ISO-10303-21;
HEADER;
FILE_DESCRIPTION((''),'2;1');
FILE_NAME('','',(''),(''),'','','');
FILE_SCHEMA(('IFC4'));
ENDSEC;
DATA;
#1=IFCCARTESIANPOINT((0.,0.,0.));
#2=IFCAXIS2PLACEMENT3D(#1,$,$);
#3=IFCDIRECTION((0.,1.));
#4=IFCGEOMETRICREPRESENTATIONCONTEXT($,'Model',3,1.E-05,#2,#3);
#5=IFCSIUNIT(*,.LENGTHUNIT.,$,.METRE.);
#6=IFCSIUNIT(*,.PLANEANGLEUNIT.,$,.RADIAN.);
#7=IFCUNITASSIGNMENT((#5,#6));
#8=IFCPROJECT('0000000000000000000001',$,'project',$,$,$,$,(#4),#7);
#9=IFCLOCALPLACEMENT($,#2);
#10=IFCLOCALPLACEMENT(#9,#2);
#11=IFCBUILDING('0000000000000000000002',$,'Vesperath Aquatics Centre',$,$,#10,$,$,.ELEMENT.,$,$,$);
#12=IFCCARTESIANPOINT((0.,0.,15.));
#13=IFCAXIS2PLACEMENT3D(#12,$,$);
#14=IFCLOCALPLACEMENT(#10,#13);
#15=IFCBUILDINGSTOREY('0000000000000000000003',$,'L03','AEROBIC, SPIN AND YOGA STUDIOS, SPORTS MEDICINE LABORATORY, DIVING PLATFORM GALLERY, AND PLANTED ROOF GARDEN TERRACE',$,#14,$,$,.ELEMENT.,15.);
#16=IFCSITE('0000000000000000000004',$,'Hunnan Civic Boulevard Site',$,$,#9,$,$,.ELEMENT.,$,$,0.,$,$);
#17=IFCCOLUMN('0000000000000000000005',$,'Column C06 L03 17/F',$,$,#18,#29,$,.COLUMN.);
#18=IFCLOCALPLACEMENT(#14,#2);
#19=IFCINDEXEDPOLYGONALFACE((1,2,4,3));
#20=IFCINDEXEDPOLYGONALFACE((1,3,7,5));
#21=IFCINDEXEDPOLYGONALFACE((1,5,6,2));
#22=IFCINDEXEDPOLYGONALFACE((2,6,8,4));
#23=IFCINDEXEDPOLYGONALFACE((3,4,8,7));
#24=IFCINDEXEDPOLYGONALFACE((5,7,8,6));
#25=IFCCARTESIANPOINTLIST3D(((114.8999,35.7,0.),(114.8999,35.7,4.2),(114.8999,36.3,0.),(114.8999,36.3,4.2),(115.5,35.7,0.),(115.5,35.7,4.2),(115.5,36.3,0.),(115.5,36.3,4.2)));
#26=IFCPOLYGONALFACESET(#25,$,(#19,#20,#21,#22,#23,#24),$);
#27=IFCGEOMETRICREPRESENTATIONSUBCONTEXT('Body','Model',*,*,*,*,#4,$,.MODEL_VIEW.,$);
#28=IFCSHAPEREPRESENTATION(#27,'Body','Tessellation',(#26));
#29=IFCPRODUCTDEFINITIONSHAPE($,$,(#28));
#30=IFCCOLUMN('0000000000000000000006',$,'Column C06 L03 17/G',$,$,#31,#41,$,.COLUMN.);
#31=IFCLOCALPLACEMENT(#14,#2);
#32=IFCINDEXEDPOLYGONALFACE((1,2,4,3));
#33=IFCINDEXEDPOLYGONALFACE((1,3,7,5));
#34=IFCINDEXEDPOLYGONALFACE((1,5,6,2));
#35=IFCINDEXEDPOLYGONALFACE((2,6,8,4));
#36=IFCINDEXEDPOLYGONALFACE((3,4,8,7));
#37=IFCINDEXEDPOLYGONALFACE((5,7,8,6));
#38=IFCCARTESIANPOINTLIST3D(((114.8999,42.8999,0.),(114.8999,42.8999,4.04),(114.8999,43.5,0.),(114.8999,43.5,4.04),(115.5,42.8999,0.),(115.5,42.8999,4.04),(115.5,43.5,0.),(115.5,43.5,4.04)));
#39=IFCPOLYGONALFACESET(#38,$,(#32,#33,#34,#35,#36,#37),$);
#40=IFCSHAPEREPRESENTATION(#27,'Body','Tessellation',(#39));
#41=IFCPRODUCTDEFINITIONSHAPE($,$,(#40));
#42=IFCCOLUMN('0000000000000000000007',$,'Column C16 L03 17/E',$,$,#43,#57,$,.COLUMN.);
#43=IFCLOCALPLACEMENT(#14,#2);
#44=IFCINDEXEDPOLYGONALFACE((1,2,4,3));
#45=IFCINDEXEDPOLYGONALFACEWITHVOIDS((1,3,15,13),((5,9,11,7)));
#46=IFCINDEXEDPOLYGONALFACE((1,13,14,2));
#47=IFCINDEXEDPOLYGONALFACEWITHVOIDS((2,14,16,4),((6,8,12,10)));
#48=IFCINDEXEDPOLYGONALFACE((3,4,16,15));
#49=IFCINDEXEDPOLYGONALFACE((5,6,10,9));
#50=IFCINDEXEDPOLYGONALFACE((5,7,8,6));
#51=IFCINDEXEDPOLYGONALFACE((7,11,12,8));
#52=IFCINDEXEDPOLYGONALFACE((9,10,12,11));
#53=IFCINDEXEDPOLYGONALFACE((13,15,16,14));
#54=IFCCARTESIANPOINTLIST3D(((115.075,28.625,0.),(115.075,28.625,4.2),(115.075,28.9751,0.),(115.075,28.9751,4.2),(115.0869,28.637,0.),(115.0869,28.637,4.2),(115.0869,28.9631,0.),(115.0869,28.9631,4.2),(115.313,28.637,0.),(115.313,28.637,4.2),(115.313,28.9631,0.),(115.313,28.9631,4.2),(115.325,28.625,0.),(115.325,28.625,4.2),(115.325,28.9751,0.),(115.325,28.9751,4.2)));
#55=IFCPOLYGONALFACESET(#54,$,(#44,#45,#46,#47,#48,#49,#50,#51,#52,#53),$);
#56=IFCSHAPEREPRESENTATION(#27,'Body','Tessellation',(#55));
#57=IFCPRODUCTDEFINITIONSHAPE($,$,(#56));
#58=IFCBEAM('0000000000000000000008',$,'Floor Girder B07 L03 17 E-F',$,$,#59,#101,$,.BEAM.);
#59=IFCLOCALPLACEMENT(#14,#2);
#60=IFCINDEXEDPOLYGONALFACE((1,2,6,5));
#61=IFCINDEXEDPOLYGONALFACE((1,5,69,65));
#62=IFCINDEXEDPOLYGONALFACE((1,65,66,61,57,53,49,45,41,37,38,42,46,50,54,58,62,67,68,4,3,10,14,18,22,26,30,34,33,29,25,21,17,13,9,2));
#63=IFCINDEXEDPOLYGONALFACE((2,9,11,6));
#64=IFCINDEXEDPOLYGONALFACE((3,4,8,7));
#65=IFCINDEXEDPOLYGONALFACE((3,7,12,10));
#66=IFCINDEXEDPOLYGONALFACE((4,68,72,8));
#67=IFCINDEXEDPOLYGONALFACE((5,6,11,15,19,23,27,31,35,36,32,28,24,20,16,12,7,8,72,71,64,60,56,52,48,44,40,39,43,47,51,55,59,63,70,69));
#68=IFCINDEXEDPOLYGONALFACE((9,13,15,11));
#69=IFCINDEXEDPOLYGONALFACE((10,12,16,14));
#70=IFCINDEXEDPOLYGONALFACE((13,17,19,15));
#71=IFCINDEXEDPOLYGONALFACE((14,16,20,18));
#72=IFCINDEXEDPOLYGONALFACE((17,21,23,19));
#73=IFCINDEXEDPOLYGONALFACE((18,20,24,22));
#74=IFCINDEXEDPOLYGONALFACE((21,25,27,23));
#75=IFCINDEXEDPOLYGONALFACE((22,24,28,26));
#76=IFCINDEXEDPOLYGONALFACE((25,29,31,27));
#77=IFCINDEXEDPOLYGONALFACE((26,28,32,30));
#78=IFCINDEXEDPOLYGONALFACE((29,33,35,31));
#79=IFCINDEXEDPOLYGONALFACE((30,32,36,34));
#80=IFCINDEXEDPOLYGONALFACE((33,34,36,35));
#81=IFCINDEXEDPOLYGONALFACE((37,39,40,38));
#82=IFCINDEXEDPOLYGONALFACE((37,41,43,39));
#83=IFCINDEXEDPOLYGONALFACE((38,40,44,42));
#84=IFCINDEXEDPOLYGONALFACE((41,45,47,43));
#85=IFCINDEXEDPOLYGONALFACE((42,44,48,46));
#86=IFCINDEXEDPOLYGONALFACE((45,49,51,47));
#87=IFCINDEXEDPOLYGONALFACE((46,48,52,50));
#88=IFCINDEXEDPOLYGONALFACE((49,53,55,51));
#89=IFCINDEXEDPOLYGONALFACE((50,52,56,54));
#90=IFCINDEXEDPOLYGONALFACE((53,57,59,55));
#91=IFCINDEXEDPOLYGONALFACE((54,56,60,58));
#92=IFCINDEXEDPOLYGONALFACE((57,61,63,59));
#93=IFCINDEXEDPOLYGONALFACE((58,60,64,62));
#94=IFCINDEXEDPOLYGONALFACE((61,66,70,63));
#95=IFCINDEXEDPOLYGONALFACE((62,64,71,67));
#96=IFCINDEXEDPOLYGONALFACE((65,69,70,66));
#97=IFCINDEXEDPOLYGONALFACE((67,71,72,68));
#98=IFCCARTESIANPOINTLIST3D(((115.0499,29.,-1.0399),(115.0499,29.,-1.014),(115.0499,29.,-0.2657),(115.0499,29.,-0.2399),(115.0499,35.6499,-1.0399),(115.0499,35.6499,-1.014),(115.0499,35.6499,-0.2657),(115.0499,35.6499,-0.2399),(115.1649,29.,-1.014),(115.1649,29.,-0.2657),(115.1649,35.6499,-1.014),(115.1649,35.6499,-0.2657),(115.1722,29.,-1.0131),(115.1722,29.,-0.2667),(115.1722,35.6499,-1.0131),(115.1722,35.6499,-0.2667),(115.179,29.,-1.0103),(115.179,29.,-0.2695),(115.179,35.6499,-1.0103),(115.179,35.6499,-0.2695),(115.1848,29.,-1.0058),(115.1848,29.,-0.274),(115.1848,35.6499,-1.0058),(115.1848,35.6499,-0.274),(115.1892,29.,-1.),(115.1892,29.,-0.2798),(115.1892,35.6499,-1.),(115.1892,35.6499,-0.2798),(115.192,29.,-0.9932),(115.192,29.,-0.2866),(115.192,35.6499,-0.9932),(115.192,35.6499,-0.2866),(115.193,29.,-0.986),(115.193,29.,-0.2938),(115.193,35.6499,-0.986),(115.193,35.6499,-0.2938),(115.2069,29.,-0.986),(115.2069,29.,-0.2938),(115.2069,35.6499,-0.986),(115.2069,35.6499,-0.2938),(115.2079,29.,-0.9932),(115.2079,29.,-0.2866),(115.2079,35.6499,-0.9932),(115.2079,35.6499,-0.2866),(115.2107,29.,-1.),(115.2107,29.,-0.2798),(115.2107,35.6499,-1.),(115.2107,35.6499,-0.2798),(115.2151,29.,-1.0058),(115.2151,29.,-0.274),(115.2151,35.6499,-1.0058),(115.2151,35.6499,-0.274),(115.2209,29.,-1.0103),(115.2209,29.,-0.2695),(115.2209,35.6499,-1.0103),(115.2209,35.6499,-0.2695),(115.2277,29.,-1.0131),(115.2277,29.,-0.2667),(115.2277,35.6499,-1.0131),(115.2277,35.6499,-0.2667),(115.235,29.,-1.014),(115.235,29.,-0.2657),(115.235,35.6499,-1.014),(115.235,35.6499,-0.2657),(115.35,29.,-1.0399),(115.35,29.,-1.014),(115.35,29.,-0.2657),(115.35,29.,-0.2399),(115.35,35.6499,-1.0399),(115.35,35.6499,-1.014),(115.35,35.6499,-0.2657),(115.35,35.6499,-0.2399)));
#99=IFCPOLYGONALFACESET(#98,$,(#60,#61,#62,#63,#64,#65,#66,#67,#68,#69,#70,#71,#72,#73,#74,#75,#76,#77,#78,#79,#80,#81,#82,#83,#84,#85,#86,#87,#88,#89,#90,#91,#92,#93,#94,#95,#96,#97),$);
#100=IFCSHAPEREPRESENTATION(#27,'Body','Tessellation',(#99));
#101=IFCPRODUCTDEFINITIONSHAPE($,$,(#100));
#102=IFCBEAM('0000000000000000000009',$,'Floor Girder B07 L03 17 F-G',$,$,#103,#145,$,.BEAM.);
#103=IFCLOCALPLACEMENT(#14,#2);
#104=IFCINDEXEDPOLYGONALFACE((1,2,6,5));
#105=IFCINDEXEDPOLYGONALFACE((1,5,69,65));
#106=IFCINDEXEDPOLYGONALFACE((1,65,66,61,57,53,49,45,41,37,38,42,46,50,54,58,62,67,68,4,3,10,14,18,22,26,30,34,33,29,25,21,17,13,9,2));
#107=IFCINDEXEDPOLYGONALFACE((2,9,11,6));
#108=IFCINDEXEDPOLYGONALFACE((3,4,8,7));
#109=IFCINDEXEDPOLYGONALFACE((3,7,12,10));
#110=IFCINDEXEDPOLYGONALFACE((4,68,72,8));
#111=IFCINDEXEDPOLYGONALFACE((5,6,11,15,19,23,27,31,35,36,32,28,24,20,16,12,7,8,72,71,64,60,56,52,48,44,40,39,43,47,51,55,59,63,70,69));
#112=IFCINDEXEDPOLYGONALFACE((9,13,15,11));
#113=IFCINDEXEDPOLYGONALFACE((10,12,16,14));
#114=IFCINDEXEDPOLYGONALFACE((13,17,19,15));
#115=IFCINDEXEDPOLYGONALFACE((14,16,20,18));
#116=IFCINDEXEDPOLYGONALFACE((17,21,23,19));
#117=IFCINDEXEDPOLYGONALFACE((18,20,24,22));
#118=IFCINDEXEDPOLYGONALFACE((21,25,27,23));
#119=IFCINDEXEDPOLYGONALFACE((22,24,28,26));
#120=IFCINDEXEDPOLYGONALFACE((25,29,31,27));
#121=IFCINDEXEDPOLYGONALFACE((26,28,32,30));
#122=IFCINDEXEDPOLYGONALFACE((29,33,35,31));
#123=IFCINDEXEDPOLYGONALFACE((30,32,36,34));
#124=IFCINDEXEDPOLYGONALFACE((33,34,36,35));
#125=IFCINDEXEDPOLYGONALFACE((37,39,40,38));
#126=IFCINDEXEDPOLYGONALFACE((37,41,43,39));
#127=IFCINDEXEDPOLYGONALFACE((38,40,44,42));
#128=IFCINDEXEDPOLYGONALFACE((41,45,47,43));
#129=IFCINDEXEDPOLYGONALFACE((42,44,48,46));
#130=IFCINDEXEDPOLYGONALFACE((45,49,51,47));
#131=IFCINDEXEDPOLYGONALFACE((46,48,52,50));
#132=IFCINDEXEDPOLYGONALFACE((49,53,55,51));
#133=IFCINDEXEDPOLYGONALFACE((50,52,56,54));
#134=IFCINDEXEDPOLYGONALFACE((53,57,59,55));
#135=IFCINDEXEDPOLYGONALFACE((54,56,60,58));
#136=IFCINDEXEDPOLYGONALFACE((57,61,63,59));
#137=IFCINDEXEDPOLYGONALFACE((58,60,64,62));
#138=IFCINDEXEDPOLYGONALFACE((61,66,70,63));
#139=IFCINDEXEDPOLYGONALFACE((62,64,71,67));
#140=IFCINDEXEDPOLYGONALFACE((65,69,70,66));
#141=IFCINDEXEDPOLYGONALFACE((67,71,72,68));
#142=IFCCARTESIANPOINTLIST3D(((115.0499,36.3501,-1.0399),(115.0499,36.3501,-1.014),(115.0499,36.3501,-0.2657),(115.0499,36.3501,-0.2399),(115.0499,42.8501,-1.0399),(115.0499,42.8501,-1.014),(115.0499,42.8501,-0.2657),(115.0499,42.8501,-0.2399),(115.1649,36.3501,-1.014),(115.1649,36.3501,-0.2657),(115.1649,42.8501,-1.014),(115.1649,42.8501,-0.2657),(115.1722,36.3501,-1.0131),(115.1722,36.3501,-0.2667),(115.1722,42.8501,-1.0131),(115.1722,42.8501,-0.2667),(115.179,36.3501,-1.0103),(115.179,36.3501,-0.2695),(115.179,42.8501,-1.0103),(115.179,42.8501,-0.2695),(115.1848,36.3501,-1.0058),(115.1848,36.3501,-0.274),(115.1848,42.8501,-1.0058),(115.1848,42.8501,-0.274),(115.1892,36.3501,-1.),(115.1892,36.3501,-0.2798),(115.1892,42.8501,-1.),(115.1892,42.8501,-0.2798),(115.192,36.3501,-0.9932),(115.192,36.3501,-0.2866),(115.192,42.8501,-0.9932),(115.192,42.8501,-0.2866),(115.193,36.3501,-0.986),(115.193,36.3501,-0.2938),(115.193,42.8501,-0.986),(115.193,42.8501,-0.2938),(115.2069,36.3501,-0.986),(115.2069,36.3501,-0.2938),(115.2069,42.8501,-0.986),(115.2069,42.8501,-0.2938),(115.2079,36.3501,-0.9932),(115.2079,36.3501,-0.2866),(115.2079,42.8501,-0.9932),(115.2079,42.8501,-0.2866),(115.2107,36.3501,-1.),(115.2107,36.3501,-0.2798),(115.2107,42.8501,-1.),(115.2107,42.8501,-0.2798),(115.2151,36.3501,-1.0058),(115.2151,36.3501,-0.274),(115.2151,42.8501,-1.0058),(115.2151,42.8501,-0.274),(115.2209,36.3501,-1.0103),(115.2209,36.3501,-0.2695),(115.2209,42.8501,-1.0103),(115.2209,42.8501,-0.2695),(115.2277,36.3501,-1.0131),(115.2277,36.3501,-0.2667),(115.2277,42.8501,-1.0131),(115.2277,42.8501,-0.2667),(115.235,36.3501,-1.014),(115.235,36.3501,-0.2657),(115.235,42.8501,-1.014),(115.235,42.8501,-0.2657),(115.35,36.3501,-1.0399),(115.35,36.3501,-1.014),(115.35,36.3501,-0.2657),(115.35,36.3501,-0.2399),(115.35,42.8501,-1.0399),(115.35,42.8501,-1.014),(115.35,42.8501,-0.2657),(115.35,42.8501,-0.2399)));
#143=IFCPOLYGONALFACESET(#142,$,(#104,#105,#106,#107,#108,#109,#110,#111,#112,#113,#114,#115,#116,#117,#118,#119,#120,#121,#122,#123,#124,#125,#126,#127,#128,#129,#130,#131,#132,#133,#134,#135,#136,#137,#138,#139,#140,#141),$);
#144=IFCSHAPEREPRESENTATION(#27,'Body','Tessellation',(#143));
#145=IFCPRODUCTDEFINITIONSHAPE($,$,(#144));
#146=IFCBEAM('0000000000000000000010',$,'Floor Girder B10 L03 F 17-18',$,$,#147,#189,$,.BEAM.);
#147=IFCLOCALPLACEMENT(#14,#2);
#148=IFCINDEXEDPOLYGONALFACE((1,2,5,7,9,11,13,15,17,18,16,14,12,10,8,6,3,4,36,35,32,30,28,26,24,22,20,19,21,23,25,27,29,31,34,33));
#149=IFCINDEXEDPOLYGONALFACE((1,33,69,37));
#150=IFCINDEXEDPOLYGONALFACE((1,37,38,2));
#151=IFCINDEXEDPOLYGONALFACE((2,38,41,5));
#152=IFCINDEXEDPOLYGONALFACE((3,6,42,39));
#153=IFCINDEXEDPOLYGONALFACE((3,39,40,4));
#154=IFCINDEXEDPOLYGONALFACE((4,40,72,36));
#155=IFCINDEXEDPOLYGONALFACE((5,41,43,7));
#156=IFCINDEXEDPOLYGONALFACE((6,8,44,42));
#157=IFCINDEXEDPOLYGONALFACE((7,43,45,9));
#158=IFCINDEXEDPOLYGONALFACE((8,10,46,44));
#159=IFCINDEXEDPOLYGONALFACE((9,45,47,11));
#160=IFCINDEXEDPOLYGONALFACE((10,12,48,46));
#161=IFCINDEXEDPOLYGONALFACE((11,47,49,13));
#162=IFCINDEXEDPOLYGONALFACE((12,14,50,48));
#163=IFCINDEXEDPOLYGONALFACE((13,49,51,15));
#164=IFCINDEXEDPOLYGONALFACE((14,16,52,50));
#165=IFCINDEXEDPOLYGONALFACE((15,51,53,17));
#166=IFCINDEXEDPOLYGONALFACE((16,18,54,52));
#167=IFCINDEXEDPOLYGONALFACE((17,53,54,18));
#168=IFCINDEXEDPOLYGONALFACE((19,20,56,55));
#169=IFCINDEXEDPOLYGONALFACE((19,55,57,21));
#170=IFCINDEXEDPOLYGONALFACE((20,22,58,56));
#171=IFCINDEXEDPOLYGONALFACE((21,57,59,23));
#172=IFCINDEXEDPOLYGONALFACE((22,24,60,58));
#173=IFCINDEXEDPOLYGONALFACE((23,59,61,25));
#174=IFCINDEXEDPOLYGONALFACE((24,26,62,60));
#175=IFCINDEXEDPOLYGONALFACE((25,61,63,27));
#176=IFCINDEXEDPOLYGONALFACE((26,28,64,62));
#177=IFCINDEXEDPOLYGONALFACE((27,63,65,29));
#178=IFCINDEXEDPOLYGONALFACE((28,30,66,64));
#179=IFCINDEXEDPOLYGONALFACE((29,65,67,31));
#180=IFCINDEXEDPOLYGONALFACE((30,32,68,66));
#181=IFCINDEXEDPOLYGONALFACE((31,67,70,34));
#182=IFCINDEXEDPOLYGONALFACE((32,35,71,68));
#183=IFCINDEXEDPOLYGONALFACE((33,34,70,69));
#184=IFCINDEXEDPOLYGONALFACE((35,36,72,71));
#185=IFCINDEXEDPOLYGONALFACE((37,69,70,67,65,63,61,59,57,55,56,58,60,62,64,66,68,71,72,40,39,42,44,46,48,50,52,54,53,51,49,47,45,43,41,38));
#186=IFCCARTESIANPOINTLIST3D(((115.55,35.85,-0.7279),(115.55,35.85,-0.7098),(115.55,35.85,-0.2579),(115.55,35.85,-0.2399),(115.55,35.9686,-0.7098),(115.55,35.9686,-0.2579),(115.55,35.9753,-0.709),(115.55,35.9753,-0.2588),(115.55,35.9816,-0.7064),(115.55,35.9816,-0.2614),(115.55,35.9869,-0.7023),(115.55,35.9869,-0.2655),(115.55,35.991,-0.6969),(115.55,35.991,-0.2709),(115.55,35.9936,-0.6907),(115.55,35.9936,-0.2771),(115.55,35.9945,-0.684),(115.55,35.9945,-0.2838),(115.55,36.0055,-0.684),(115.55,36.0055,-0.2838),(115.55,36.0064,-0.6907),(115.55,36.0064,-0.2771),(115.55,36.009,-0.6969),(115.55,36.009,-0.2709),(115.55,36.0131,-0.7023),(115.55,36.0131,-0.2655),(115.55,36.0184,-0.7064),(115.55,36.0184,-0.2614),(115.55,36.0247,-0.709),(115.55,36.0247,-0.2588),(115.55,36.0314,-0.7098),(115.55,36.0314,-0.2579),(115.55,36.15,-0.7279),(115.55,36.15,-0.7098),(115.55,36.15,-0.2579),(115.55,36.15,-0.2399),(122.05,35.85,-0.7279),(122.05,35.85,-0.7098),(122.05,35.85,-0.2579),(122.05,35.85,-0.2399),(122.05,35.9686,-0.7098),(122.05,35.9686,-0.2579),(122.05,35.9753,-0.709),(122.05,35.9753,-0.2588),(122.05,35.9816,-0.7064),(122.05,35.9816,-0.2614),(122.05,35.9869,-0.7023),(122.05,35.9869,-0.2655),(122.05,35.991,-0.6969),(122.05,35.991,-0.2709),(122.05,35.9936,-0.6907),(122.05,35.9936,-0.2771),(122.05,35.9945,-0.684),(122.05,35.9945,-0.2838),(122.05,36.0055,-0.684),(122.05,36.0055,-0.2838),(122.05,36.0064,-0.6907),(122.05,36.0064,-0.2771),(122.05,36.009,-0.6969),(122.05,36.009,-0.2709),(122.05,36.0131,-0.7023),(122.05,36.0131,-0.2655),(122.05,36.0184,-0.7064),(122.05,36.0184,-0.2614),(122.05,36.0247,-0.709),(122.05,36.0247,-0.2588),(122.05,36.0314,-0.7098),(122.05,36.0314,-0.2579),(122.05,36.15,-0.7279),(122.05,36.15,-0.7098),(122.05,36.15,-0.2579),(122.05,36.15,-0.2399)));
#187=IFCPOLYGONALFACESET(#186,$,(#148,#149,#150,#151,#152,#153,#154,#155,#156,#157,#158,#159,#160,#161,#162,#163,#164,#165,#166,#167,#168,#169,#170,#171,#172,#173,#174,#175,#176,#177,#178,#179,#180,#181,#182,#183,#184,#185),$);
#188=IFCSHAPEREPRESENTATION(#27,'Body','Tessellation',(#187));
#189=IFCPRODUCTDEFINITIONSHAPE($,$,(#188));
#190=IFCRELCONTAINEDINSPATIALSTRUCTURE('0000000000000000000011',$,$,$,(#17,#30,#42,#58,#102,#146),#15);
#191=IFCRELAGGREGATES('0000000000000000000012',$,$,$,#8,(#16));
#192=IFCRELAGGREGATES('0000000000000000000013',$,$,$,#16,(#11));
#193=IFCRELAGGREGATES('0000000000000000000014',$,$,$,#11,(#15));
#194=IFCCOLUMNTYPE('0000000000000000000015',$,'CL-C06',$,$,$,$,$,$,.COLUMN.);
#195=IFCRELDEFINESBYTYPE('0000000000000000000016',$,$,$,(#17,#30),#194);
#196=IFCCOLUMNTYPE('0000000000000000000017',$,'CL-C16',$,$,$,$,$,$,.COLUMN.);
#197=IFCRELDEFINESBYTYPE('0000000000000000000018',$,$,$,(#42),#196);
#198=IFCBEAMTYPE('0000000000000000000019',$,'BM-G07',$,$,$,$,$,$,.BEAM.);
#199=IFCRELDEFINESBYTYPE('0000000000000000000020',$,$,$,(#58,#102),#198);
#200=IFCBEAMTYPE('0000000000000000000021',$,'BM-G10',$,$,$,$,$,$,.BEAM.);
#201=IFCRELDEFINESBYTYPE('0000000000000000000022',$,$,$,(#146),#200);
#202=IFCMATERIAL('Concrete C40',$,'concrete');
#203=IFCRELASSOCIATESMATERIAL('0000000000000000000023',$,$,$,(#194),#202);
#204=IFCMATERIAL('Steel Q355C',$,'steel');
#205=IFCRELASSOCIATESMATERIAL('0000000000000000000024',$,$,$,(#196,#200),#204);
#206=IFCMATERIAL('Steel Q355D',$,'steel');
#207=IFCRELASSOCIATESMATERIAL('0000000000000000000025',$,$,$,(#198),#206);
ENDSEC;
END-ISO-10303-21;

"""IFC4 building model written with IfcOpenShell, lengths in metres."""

from ifc_helpers import new_model, si_unit, direction, frame, origin, origin_2d, place, context, subcontext, project, spatial, rectangle, hollow_rectangle, i_section, extrude, material, material_profile, profile_set, type_object, element, save


model = new_model("IFC4")

# Units and contexts
model_context = context("Model", 3, precision=1e-05, world=origin(), true_north=direction((0.0, 1.0)))
body_context = subcontext(model_context, "Body", "Model", "MODEL_VIEW")
ifc_project = project(units=[si_unit("LENGTHUNIT", "METRE"), si_unit("PLANEANGLEUNIT", "RADIAN")], contexts=[model_context])

# Site, building, storey
site_placement = place(None, origin())
site = spatial("IfcSite", under=ifc_project, at=site_placement, Name="Hunnan Civic Boulevard Site", CompositionType="ELEMENT", RefElevation=0.0)
building_placement = place(site_placement, origin())
building = spatial("IfcBuilding", under=site, at=building_placement, Name="Vesperath Aquatics Centre", CompositionType="ELEMENT")
storey_placement = place(building_placement, frame((0.0, 0.0, 15.0)))
storey = spatial("IfcBuildingStorey", under=building, at=storey_placement, Name="L03", Description="AEROBIC, SPIN AND YOGA STUDIOS, SPORTS MEDICINE LABORATORY, DIVING PLATFORM GALLERY, AND PLANTED ROOF GARDEN TERRACE", CompositionType="ELEMENT", Elevation=15.0)

# Columns
ifc_material_1 = material(Name="Concrete C40", Category="concrete")
ifc_material_profile_1 = material_profile(ifc_material_1, rectangle(XDim=0.6001, YDim=0.6001, at=origin_2d()), Name="RC 600x600")
ifc_profile_set_1 = profile_set([ifc_material_profile_1], Name="Concrete C40")
column_type_1 = type_object("IfcColumnType", Name="CL-C06", PredefinedType="COLUMN", material=ifc_profile_set_1)
column_1_placement = place(storey_placement, frame((115.2, 36.0, 0.0), z_axis=(0.0, 0.0, 1.0), x_axis=(1.0, 0.0, 0.0)))
element("IfcColumn", 1, at=column_1_placement, inside=storey, type_object=column_type_1, Name="Column C06 L03 17/F", PredefinedType="COLUMN", context=body_context, shape_type="SweptSolid", body=[
    extrude(rectangle(XDim=0.6001, YDim=0.6001, at=origin_2d()), origin(), (0.0, 0.0, 1.0), 4.2),
])
column_2_placement = place(storey_placement, frame((115.2, 43.2, 0.0), z_axis=(0.0, 0.0, 1.0), x_axis=(1.0, 0.0, 0.0)))
element("IfcColumn", 2, at=column_2_placement, inside=storey, type_object=column_type_1, Name="Column C06 L03 17/G", PredefinedType="COLUMN", context=body_context, shape_type="SweptSolid", body=[
    extrude(rectangle(XDim=0.6001, YDim=0.6001, at=origin_2d()), origin(), (0.0, 0.0, 1.0), 4.04),
])
ifc_material_2 = material(Name="Steel Q355C", Category="steel")
ifc_material_profile_2 = material_profile(ifc_material_2, hollow_rectangle(XDim=0.25, YDim=0.3501, WallThickness=0.012, at=origin_2d()), Name="RHS 350x250x12")
ifc_profile_set_2 = profile_set([ifc_material_profile_2], Name="Steel Q355C")
column_type_2 = type_object("IfcColumnType", Name="CL-C16", PredefinedType="COLUMN", material=ifc_profile_set_2)
column_3_placement = place(storey_placement, frame((115.2, 28.8, 0.0), z_axis=(0.0, 0.0, 1.0), x_axis=(1.0, 0.0, 0.0)))
element("IfcColumn", 3, at=column_3_placement, inside=storey, type_object=column_type_2, Name="Column C16 L03 17/E", PredefinedType="COLUMN", context=body_context, shape_type="SweptSolid", body=[
    extrude(hollow_rectangle(XDim=0.25, YDim=0.3501, WallThickness=0.012, at=origin_2d()), origin(), (0.0, 0.0, 1.0), 4.2),
])

# Beams
ifc_material_3 = material(Name="Steel Q355D", Category="steel")
ifc_material_profile_3 = material_profile(ifc_material_3, i_section(OverallWidth=0.3, OverallDepth=0.8, WebThickness=0.0139, FlangeThickness=0.0259, FilletRadius=0.0281, at=origin_2d()), Name="HN 800x300x14x26")
ifc_profile_set_3 = profile_set([ifc_material_profile_3], Name="Steel Q355D")
beam_type_1 = type_object("IfcBeamType", Name="BM-G07", PredefinedType="BEAM", material=ifc_profile_set_3)
beam_1_placement = place(storey_placement, frame((115.2, 29.0, -0.6399), z_axis=(0.0, 1.0, 0.0), x_axis=(-1.0, 0.0, 0.0)))
element("IfcBeam", 4, at=beam_1_placement, inside=storey, type_object=beam_type_1, Name="Floor Girder B07 L03 17 E-F", PredefinedType="BEAM", context=body_context, shape_type="SweptSolid", body=[
    extrude(i_section(OverallWidth=0.3, OverallDepth=0.8, WebThickness=0.0139, FlangeThickness=0.0259, FilletRadius=0.0281, at=origin_2d()), origin(), (0.0, 0.0, 1.0), 6.6499),
])
beam_2_placement = place(storey_placement, frame((115.2, 36.3501, -0.6399), z_axis=(0.0, 1.0, 0.0), x_axis=(-1.0, 0.0, 0.0)))
element("IfcBeam", 5, at=beam_2_placement, inside=storey, type_object=beam_type_1, Name="Floor Girder B07 L03 17 F-G", PredefinedType="BEAM", context=body_context, shape_type="SweptSolid", body=[
    extrude(i_section(OverallWidth=0.3, OverallDepth=0.8, WebThickness=0.0139, FlangeThickness=0.0259, FilletRadius=0.0281, at=origin_2d()), origin(), (0.0, 0.0, 1.0), 6.5),
])
ifc_material_profile_4 = material_profile(ifc_material_2, i_section(OverallWidth=0.3, OverallDepth=0.488, WebThickness=0.011, FlangeThickness=0.0181, FilletRadius=0.0259, at=origin_2d()), Name="HM 488x300x11x18")
ifc_profile_set_4 = profile_set([ifc_material_profile_4], Name="Steel Q355C")
beam_type_2 = type_object("IfcBeamType", Name="BM-G10", PredefinedType="BEAM", material=ifc_profile_set_4)
for number, where, z_axis, x_axis, name in (
    (6, (115.55, 36.0, -0.4839), (1.0, 0.0, 0.0), (0.0, 1.0, 0.0), "Floor Girder B10 L03 F 17-18"),
):
    element("IfcBeam", number, at=place(storey_placement, frame(where, z_axis=z_axis, x_axis=x_axis)), inside=storey, type_object=beam_type_2, Name=name, PredefinedType="BEAM", context=body_context, shape_type="SweptSolid", body=[
        extrude(i_section(OverallWidth=0.3, OverallDepth=0.488, WebThickness=0.011, FlangeThickness=0.0181, FilletRadius=0.0259, at=origin_2d()), origin(), (0.0, 0.0, 1.0), 6.5),
    ])

save(model, "model.ifc")
